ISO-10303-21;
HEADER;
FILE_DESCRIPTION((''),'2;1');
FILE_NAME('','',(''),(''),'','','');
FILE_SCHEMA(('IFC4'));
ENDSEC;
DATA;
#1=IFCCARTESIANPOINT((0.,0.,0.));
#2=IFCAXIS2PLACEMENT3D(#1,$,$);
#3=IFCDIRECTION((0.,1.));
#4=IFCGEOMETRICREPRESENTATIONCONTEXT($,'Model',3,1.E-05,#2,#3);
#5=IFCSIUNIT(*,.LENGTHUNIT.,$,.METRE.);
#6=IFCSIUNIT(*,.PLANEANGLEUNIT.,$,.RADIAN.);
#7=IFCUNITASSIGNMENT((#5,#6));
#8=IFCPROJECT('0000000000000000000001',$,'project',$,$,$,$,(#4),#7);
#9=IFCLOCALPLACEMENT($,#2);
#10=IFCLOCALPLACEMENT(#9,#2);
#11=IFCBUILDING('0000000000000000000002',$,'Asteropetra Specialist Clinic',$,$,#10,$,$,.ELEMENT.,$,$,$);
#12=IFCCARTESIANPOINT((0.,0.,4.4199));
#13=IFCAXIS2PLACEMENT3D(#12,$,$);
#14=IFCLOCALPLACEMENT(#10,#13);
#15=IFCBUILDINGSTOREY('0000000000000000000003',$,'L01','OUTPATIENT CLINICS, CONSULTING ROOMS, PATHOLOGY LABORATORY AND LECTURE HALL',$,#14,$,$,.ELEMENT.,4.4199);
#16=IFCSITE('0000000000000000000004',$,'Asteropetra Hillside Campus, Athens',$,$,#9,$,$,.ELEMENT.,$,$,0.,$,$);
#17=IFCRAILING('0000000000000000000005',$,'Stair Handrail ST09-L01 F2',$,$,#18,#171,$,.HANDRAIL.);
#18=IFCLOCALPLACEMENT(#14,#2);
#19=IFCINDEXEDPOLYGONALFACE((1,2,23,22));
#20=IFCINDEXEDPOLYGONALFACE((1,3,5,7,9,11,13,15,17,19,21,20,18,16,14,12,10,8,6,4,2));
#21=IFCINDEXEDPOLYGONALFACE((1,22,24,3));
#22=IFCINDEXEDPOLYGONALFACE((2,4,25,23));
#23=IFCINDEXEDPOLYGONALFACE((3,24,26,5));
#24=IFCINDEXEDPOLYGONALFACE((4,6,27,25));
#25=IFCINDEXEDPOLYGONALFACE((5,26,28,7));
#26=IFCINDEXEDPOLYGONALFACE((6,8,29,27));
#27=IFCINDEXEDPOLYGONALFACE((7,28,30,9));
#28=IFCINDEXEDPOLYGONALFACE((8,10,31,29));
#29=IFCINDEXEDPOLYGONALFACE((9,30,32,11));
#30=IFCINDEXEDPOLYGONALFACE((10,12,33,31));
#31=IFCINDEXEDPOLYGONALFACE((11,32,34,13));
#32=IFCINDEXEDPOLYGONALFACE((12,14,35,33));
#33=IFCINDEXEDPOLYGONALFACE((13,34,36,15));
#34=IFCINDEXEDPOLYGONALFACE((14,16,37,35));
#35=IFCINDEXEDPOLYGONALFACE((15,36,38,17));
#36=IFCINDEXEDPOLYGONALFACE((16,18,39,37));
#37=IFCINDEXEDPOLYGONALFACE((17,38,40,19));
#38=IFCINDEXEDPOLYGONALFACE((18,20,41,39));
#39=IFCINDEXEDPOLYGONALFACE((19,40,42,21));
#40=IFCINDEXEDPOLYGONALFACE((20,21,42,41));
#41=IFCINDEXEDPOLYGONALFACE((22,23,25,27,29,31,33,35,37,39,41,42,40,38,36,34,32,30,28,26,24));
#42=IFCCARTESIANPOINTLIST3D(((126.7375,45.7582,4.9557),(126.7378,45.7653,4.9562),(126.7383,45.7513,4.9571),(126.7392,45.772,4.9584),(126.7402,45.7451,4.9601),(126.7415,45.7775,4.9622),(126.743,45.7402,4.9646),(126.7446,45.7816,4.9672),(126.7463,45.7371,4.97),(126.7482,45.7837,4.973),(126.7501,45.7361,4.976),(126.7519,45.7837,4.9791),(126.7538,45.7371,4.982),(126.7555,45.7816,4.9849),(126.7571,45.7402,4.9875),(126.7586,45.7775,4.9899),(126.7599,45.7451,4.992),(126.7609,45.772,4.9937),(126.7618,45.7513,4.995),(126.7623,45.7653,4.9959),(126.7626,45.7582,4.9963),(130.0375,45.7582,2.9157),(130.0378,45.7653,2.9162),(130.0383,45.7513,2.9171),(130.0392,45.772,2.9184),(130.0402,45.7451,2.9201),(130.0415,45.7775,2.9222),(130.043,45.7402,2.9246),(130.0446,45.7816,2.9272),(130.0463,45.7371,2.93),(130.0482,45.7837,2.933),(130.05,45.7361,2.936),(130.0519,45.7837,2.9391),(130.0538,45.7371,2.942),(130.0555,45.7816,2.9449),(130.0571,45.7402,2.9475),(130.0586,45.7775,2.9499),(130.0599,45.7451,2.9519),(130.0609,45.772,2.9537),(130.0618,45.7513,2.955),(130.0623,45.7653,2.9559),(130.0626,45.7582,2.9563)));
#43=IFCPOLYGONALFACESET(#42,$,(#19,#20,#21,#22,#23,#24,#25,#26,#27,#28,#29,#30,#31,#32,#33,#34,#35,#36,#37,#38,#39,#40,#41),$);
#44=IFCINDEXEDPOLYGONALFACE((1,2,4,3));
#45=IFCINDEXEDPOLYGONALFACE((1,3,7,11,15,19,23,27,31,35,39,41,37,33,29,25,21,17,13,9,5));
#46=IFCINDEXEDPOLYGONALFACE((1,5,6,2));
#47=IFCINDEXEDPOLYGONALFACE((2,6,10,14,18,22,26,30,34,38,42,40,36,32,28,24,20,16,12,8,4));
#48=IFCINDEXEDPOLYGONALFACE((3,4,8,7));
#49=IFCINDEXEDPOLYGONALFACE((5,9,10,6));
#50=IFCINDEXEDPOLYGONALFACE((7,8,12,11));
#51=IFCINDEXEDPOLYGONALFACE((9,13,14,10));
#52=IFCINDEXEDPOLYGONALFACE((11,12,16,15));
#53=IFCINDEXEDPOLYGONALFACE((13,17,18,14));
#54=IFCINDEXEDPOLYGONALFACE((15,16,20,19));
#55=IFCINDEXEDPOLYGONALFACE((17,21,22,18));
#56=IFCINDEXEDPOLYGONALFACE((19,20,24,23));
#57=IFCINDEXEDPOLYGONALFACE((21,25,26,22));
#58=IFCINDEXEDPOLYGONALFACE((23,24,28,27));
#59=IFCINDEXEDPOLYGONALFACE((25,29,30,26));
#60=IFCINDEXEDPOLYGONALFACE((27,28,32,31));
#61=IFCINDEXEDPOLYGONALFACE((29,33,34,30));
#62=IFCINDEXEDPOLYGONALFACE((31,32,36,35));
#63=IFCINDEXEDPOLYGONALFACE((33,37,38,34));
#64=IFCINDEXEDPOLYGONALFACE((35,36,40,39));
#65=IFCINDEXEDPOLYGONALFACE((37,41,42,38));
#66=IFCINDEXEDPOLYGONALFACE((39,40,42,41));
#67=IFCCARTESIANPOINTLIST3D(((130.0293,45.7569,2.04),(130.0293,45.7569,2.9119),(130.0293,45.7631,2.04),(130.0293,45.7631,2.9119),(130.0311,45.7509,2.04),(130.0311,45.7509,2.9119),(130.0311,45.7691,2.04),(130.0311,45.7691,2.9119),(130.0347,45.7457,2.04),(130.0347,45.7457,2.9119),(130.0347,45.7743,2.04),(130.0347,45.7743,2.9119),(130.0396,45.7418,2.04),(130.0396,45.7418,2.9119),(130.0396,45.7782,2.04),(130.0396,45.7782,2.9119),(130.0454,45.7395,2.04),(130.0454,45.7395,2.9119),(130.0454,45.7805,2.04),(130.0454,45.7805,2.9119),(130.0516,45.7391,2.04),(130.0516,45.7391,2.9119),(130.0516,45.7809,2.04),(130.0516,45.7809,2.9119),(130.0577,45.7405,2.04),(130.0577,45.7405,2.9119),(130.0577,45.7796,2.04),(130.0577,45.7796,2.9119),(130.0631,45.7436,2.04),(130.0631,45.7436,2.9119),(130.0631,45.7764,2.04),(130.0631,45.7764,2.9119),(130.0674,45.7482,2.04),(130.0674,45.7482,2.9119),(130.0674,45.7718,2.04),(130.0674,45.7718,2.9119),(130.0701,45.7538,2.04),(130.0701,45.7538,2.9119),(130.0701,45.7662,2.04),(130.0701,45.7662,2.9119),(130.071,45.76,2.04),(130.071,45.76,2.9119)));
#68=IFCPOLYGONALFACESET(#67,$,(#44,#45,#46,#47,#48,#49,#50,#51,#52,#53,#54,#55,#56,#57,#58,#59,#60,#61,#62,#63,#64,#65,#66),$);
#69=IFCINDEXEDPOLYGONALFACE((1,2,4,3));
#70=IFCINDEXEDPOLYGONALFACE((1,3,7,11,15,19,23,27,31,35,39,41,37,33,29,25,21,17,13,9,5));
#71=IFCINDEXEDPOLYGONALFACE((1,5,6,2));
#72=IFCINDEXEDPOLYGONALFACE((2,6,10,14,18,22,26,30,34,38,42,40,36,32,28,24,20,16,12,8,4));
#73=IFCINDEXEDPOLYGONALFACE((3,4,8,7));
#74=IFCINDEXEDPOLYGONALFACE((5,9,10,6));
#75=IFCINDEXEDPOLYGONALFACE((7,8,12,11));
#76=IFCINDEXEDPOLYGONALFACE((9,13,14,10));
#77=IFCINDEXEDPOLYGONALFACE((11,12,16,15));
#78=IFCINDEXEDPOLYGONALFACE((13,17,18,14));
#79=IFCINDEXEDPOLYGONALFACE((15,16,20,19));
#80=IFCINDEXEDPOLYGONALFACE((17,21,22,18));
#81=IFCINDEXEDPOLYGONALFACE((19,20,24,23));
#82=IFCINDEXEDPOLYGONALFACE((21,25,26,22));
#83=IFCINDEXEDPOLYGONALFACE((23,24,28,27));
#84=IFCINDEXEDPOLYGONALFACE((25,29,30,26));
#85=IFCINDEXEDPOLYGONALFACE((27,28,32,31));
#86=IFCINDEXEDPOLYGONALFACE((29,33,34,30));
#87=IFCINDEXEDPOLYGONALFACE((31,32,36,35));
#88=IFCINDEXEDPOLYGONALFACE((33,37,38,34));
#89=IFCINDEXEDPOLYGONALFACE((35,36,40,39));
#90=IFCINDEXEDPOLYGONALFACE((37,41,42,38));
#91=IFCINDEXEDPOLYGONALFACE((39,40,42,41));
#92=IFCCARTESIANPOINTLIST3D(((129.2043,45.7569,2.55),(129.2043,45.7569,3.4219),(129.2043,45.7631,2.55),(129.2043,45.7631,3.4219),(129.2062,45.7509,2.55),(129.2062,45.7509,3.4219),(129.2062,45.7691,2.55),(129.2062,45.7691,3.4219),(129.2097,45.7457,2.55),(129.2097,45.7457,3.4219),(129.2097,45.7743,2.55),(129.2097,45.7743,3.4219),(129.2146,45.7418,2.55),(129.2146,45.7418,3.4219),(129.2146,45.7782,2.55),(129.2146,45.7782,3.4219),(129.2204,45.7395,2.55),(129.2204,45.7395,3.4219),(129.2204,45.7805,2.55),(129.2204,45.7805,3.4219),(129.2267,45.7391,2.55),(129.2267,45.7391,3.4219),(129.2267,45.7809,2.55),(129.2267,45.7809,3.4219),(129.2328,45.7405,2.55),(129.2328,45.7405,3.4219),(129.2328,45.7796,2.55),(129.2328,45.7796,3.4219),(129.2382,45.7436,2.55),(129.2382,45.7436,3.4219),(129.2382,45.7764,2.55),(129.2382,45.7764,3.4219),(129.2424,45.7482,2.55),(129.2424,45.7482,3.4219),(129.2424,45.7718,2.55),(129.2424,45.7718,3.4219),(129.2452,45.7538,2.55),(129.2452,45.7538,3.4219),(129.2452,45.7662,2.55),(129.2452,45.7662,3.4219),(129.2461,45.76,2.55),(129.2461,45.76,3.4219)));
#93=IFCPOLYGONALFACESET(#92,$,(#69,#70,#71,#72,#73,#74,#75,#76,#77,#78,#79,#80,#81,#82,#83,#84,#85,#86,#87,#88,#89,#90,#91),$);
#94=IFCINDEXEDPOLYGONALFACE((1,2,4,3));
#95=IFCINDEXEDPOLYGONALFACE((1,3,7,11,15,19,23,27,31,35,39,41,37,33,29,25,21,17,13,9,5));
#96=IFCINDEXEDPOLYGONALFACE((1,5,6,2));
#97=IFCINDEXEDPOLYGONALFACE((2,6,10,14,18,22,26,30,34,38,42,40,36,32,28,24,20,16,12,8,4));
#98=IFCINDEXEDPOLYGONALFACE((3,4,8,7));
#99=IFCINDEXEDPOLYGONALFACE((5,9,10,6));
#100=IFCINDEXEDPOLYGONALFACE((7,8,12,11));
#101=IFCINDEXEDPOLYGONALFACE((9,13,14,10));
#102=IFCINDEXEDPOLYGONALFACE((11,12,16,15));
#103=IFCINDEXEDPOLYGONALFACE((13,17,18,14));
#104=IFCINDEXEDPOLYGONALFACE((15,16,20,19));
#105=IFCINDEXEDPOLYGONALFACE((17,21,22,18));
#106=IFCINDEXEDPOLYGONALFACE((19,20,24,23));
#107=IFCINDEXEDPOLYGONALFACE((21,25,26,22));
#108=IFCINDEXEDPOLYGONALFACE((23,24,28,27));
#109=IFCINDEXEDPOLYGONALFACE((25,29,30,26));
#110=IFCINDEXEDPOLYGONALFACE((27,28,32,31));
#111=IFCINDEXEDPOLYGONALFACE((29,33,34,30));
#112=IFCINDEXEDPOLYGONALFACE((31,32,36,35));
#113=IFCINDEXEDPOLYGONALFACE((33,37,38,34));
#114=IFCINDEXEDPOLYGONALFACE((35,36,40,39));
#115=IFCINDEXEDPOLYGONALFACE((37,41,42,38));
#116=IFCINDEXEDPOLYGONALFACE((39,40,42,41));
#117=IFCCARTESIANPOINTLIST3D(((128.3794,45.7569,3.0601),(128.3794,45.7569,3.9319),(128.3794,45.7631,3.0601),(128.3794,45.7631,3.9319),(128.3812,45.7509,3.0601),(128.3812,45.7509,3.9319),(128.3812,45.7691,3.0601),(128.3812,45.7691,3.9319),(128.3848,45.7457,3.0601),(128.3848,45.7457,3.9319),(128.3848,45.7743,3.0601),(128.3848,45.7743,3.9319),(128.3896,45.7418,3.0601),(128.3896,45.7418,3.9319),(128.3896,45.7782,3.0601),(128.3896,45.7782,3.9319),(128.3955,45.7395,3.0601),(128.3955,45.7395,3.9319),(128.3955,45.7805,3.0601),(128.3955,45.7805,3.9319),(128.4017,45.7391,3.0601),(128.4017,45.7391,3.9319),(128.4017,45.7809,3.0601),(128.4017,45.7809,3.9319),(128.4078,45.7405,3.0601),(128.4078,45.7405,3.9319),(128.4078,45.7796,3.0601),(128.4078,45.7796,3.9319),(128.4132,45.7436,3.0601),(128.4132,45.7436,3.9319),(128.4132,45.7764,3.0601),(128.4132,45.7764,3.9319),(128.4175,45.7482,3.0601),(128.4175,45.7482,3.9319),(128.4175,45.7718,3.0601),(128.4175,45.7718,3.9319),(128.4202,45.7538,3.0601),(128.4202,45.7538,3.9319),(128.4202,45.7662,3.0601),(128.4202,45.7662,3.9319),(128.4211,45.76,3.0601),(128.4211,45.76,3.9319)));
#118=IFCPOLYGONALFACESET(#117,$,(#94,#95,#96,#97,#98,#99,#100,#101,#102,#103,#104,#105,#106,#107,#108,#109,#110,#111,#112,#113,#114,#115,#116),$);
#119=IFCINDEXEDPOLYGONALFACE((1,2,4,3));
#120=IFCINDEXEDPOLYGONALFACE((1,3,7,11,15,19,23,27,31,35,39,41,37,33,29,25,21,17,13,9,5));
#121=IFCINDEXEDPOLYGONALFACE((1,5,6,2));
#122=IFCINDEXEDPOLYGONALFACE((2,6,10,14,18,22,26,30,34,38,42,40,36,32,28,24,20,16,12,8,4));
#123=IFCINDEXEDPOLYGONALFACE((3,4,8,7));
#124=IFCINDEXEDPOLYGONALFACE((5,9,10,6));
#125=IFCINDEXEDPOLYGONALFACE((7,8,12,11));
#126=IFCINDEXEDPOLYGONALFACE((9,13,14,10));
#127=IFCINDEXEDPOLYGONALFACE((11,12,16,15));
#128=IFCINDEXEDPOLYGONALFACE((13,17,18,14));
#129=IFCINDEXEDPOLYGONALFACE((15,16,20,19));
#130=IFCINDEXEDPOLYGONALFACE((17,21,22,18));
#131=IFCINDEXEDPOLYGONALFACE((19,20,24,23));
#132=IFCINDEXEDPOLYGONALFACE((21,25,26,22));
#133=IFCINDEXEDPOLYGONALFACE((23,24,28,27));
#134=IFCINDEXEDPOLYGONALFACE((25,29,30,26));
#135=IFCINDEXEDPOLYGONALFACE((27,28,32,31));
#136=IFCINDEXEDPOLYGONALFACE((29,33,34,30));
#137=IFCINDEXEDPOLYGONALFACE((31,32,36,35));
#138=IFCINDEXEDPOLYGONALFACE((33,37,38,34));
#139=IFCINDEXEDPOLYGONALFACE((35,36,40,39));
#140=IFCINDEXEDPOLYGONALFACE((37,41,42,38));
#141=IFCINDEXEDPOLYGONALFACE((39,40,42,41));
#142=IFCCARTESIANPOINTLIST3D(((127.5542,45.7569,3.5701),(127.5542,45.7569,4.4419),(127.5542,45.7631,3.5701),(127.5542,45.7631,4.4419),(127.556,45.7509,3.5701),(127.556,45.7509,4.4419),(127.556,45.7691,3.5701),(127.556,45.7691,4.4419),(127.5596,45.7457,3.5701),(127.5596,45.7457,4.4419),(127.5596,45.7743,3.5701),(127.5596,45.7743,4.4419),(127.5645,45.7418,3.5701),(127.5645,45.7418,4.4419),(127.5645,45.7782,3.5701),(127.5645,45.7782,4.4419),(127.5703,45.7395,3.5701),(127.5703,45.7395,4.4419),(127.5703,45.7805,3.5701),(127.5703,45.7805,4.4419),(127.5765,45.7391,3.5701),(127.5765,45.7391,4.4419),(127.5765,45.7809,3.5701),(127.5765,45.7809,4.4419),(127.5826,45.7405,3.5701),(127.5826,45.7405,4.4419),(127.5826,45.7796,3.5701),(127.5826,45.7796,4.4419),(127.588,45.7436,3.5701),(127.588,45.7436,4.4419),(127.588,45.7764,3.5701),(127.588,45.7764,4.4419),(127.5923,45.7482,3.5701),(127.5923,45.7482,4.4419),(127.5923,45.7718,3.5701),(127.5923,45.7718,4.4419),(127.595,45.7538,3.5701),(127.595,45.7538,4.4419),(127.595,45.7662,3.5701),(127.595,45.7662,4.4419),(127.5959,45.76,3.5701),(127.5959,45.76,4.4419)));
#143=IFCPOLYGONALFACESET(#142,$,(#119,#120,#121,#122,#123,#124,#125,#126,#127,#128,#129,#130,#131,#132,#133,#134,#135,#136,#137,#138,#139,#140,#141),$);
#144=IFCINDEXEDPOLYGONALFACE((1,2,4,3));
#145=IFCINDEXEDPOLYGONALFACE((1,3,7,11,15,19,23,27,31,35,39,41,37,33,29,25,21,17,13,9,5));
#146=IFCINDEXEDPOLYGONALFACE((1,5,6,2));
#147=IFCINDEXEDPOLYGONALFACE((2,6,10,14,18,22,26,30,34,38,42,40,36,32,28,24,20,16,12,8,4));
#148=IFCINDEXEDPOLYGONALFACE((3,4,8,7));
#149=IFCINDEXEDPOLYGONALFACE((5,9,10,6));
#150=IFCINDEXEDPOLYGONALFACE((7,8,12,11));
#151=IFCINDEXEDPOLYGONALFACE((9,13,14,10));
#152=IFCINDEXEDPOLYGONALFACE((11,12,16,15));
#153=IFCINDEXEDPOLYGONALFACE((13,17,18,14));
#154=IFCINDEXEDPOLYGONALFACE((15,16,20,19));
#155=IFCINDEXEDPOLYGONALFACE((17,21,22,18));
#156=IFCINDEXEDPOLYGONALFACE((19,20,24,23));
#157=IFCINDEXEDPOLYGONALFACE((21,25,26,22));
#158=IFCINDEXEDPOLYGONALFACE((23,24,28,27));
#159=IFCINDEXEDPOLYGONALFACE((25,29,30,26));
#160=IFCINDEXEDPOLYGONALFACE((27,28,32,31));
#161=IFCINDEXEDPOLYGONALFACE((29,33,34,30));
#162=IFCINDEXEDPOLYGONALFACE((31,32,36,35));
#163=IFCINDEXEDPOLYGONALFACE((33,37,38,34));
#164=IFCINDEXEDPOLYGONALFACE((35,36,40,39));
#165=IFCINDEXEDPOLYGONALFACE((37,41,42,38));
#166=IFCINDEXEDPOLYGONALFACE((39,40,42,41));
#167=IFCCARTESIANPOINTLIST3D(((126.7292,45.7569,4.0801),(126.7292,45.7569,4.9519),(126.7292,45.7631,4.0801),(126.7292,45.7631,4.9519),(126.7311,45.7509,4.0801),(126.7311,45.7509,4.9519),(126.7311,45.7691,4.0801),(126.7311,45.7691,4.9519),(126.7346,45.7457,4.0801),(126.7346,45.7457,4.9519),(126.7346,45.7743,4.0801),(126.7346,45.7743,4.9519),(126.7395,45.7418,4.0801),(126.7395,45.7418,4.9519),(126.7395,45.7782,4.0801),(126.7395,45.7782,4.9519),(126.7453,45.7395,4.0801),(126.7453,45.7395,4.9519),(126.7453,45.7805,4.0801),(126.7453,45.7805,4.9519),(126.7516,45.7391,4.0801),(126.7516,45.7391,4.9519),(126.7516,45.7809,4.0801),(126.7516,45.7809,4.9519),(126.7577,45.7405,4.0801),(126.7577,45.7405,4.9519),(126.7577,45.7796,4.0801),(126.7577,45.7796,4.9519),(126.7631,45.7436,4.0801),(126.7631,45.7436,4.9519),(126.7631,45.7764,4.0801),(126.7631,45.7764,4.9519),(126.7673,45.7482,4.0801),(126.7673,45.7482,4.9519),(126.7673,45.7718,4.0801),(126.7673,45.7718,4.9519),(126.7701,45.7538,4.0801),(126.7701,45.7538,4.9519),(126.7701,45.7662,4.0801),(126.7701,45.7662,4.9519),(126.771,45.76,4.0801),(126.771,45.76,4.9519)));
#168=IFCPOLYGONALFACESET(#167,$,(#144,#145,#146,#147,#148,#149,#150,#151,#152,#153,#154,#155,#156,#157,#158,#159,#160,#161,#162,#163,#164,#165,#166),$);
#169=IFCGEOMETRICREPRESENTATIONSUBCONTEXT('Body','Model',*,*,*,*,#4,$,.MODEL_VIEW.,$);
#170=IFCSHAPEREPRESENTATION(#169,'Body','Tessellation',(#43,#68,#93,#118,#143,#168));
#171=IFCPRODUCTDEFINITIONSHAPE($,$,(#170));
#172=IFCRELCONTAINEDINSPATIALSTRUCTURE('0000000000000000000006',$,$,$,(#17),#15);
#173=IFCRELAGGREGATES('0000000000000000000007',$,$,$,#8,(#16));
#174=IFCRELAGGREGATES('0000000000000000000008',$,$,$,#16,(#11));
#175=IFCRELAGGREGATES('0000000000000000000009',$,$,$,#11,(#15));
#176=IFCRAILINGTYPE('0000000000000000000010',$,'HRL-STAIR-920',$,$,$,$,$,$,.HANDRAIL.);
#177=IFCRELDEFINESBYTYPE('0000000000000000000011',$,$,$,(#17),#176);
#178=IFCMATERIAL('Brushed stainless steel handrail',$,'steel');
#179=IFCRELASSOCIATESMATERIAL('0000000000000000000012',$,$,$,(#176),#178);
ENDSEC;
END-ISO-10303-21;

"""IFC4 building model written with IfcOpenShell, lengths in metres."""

from ifc_helpers import new_model, si_unit, direction, frame, origin, origin_2d, place, context, subcontext, project, spatial, circle, extrude, material, type_object, element, save


model = new_model("IFC4")

# Units and contexts
model_context = context("Model", 3, precision=1e-05, world=origin(), true_north=direction((0.0, 1.0)))
body_context = subcontext(model_context, "Body", "Model", "MODEL_VIEW")
ifc_project = project(units=[si_unit("LENGTHUNIT", "METRE"), si_unit("PLANEANGLEUNIT", "RADIAN")], contexts=[model_context])

# Site, building, storey
site_placement = place(None, origin())
site = spatial("IfcSite", under=ifc_project, at=site_placement, Name="Asteropetra Hillside Campus, Athens", CompositionType="ELEMENT", RefElevation=0.0)
building_placement = place(site_placement, origin())
building = spatial("IfcBuilding", under=site, at=building_placement, Name="Asteropetra Specialist Clinic", CompositionType="ELEMENT")
storey_placement = place(building_placement, frame((0.0, 0.0, 4.4199)))
storey = spatial("IfcBuildingStorey", under=building, at=storey_placement, Name="L01", Description="OUTPATIENT CLINICS, CONSULTING ROOMS, PATHOLOGY LABORATORY AND LECTURE HALL", CompositionType="ELEMENT", Elevation=4.4199)

# Railing
ifc_material_1 = material(Name="Brushed stainless steel handrail", Category="steel")
railing_type_1 = type_object("IfcRailingType", Name="HRL-STAIR-920", PredefinedType="HANDRAIL", material=ifc_material_1)
railing_1_placement = place(storey_placement, frame((130.05, 45.76, 2.04)))
element("IfcRailing", 1, at=railing_1_placement, inside=storey, type_object=railing_type_1, Name="Stair Handrail ST09-L01 F2", PredefinedType="HANDRAIL", context=body_context, shape_type="SweptSolid", body=[
    extrude(circle(Radius=0.0239, at=origin_2d()), frame((0.0, 0.0, 0.896), z_axis=(-0.850594, 0.0, 0.525824), x_axis=(0.0, -1.0, 0.0)), (0.0, 0.0, 1.0), 3.8796),
    extrude(circle(Radius=0.021, at=origin_2d()), origin(), (0.0, 0.0, 1.0), 0.8718),
    extrude(circle(Radius=0.021, at=origin_2d()), frame((-0.825, 0.0, 0.51)), (0.0, 0.0, 1.0), 0.8718),
    extrude(circle(Radius=0.021, at=origin_2d()), frame((-1.6499, 0.0, 1.02)), (0.0, 0.0, 1.0), 0.8718),
    extrude(circle(Radius=0.021, at=origin_2d()), frame((-2.4751, 0.0, 1.53)), (0.0, 0.0, 1.0), 0.8718),
    extrude(circle(Radius=0.021, at=origin_2d()), frame((-3.3, 0.0, 2.04)), (0.0, 0.0, 1.0), 0.8718),
])

save(model, "model.ifc")
